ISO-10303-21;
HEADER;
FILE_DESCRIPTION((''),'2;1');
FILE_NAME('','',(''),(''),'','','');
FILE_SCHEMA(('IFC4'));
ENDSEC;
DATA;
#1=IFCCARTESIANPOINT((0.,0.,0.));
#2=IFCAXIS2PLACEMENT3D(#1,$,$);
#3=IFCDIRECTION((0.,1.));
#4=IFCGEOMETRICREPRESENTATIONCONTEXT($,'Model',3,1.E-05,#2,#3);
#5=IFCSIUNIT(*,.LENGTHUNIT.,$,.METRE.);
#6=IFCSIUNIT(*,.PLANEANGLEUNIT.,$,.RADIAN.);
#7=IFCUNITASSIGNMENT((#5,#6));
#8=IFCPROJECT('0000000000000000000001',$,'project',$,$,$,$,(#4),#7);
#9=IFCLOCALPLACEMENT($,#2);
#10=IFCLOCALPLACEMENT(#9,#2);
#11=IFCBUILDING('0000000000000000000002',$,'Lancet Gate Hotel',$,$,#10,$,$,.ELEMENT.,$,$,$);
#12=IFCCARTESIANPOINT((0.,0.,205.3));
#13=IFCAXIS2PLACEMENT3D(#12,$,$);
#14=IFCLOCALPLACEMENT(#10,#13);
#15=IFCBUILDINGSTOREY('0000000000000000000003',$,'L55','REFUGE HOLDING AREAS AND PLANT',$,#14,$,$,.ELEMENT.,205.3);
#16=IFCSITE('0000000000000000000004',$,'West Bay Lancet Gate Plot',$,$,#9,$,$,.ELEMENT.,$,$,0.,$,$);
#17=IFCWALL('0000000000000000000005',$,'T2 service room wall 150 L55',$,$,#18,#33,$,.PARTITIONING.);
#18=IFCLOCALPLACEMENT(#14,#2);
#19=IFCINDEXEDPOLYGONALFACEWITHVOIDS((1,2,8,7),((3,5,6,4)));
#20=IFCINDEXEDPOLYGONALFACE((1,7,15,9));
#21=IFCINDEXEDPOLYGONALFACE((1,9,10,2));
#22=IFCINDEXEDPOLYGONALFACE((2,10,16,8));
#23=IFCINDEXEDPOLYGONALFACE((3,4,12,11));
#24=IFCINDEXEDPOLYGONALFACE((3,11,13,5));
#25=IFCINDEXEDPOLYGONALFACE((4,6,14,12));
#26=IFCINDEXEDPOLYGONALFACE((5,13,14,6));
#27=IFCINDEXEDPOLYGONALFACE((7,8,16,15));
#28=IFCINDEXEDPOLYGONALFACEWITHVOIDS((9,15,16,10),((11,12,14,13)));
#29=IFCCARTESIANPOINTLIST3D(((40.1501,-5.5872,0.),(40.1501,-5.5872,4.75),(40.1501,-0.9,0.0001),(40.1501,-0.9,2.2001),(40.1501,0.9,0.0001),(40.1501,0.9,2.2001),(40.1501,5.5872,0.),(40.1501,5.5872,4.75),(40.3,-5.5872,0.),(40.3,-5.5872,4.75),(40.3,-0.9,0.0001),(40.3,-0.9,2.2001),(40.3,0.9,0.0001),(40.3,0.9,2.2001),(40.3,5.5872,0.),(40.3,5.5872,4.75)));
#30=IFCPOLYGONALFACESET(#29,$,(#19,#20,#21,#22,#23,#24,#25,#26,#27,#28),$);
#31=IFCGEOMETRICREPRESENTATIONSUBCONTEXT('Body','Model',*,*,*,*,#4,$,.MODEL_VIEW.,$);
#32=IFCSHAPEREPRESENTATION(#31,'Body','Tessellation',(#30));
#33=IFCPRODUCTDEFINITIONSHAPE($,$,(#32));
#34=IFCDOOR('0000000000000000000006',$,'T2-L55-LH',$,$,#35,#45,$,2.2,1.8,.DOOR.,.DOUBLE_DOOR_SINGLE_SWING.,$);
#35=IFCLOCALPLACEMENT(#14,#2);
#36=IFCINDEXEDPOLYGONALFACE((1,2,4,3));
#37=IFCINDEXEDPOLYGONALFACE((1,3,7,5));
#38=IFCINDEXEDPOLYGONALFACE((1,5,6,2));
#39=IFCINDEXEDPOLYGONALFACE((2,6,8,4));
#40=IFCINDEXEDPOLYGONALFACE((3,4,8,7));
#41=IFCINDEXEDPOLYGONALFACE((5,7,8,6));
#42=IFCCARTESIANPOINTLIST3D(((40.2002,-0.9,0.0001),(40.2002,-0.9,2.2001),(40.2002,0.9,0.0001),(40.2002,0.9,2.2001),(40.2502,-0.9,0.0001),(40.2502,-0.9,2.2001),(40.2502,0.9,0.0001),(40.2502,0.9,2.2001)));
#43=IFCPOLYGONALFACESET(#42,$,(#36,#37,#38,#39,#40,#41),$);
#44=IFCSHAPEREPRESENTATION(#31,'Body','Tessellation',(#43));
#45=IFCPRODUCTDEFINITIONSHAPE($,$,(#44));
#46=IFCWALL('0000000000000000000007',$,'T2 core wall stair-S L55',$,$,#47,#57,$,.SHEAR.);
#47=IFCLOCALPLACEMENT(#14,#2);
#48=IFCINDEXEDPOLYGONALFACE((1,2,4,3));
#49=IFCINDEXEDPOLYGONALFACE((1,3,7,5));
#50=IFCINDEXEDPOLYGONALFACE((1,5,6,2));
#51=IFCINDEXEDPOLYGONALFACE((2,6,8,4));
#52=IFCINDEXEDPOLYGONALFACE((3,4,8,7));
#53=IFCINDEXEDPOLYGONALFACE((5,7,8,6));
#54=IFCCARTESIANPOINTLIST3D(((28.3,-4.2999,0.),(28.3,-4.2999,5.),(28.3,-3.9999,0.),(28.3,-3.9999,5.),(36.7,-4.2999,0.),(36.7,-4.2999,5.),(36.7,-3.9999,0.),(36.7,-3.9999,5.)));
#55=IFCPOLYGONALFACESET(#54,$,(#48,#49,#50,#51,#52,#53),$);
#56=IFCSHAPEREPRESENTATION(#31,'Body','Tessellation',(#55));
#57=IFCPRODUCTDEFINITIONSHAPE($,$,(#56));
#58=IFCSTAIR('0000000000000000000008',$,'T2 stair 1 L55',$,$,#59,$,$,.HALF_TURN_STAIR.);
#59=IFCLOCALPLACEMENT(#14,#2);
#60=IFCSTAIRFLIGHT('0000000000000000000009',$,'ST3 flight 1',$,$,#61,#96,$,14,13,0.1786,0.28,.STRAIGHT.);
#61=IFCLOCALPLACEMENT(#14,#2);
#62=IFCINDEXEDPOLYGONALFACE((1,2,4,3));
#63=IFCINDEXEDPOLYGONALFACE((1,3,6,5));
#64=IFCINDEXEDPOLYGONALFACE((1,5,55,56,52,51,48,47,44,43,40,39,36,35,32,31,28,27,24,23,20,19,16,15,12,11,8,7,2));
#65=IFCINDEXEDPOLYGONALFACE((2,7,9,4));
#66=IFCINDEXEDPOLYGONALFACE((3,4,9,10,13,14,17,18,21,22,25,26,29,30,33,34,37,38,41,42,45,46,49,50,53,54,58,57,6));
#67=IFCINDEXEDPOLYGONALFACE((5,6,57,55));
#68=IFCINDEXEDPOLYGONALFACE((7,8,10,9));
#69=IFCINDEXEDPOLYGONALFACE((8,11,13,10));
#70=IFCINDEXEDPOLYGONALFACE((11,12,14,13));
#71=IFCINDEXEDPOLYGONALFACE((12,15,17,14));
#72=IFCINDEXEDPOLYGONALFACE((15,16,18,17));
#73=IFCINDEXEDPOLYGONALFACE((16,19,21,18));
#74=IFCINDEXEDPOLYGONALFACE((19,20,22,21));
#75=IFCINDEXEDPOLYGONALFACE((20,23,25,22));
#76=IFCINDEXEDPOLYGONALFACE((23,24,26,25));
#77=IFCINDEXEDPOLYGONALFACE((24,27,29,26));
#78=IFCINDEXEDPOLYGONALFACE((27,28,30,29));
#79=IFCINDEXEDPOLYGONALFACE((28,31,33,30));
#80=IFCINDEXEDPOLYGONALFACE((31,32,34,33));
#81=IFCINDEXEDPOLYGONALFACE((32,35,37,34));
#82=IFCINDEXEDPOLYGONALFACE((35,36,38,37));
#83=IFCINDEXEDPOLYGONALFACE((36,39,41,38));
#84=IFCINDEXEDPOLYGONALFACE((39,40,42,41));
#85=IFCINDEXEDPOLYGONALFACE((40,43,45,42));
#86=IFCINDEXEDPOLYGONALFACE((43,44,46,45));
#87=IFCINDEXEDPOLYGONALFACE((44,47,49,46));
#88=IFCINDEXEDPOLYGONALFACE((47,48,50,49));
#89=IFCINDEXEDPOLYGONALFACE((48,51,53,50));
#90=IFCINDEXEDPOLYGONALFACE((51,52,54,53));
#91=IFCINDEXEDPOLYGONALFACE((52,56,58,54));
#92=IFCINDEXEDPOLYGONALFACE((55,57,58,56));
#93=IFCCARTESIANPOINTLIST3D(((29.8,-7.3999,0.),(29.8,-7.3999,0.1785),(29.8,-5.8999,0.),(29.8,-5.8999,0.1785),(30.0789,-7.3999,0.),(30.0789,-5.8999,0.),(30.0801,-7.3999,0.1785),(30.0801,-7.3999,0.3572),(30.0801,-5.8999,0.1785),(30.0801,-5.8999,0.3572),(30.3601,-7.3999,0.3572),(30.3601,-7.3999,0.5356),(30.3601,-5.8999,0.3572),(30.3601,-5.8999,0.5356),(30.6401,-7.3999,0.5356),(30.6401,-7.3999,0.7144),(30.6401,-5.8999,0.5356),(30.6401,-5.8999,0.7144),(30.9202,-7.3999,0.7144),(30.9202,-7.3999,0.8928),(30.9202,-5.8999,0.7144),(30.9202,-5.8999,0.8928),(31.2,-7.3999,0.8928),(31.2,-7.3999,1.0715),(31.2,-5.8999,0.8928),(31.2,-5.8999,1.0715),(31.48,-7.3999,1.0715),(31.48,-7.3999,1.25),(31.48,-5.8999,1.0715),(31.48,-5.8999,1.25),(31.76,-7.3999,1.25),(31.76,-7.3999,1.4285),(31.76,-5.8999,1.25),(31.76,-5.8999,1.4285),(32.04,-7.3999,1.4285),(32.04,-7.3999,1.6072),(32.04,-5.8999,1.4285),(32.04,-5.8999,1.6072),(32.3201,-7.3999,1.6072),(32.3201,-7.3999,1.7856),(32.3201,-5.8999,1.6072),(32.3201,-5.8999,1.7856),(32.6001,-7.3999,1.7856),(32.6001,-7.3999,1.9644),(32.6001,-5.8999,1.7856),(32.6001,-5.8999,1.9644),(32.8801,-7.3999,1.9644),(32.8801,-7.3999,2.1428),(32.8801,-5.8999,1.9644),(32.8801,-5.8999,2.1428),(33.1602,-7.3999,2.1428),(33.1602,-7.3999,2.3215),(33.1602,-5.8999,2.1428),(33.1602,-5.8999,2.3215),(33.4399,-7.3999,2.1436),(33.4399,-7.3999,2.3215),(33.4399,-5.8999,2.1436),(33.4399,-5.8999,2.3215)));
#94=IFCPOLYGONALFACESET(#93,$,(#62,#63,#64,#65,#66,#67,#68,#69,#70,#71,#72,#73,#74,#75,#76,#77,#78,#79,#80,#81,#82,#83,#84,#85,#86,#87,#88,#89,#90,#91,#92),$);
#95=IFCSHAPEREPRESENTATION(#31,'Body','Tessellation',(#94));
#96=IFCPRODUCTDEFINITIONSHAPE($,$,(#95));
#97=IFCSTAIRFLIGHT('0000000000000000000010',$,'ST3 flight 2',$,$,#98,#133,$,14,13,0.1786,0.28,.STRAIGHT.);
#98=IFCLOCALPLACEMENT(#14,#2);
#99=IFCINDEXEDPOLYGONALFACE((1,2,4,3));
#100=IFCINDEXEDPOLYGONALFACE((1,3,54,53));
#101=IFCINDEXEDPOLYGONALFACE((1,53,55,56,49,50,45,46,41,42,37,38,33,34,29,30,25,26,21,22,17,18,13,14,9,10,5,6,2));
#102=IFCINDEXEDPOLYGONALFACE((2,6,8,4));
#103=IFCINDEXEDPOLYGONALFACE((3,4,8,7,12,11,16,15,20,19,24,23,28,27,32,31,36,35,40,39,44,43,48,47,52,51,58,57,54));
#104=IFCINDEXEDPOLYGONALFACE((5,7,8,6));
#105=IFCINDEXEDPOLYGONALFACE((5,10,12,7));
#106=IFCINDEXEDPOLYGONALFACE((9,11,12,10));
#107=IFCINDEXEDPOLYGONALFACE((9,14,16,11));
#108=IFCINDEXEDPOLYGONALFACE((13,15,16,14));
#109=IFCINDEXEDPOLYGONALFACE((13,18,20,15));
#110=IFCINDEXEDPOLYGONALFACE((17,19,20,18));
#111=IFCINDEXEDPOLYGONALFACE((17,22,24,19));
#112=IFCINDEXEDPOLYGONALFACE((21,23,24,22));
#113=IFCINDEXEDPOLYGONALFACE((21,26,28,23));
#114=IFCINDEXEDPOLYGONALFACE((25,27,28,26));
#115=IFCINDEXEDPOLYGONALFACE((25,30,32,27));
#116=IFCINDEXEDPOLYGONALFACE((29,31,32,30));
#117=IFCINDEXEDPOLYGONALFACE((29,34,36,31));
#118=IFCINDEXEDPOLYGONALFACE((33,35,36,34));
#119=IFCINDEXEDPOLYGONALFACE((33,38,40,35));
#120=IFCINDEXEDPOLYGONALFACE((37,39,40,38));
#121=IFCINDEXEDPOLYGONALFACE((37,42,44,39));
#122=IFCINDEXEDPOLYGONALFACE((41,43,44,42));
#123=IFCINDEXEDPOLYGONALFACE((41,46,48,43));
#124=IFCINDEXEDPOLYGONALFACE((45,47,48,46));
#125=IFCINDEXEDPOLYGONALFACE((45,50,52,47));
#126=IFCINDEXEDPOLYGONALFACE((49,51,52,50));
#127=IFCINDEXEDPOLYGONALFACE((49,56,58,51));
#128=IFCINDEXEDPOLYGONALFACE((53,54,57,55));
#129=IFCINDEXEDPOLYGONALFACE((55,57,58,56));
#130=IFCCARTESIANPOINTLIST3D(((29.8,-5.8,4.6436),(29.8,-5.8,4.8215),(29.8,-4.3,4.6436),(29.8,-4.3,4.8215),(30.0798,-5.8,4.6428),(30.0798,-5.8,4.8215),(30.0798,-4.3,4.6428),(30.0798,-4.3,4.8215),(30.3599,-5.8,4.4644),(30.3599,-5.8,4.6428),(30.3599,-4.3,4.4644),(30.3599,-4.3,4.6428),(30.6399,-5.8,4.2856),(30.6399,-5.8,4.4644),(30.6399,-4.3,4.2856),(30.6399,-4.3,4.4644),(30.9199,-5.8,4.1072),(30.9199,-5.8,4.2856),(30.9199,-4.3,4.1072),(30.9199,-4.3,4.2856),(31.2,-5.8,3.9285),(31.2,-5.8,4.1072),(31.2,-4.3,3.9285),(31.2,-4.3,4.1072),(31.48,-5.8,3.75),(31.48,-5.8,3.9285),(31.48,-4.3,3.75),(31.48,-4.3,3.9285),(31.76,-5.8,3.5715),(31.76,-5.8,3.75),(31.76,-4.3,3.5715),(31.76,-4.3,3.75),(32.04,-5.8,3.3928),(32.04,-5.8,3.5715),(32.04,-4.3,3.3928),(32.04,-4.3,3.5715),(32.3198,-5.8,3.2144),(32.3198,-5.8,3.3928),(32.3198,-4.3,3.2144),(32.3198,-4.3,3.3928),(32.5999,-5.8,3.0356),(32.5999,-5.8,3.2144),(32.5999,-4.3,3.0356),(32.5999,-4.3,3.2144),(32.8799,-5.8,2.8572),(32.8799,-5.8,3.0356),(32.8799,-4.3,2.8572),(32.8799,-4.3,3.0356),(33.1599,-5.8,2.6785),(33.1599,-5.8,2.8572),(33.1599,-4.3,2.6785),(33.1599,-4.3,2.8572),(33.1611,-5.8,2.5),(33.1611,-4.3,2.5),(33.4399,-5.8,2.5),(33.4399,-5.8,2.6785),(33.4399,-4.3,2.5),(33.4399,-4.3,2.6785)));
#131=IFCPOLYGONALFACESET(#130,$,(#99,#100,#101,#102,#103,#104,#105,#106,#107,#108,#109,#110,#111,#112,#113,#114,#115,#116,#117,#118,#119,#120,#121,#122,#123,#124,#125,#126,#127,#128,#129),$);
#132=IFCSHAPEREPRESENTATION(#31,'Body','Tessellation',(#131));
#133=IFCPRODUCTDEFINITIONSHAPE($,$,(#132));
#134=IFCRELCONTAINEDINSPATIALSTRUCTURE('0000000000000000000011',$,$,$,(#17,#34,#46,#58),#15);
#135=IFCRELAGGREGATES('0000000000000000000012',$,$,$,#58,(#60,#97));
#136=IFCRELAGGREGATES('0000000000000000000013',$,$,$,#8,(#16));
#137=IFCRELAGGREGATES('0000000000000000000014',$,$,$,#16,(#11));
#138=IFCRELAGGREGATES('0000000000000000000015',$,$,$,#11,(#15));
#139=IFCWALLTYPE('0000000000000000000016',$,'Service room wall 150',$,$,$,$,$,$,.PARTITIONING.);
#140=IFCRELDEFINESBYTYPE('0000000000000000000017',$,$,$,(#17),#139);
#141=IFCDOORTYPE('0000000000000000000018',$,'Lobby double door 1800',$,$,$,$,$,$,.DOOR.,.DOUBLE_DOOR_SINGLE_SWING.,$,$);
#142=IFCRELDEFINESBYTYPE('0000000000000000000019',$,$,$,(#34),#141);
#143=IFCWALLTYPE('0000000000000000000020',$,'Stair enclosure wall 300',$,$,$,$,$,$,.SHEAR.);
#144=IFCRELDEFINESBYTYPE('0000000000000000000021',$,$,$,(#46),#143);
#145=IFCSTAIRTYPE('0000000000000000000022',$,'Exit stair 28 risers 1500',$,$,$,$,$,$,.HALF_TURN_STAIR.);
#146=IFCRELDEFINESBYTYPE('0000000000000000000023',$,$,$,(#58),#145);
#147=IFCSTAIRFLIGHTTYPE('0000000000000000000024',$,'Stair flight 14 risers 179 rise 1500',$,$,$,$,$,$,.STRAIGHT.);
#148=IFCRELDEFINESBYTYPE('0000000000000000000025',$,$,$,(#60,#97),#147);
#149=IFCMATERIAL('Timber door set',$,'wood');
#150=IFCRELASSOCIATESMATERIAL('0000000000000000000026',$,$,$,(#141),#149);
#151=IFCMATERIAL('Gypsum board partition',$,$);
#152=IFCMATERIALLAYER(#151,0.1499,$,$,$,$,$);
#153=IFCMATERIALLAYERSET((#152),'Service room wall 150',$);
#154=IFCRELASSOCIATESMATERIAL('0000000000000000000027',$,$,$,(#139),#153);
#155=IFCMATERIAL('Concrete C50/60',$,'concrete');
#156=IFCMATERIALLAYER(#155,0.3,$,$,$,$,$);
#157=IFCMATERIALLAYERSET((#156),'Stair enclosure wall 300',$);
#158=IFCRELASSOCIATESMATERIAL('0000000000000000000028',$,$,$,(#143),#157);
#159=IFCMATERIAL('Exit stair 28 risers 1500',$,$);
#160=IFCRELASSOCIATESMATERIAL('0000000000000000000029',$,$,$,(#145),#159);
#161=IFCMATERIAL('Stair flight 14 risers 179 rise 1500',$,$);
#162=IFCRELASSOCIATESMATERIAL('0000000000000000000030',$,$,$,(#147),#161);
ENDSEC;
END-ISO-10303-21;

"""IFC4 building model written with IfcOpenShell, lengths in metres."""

from ifc_helpers import new_model, si_unit, direction, frame, frame_2d, origin, place, context, subcontext, project, spatial, polyline, rectangle, outline, extrude, material, layer, layer_set, type_object, element, fill, aggregate, save


model = new_model("IFC4")

# Units and contexts
model_context = context("Model", 3, precision=1e-05, world=origin(), true_north=direction((0.0, 1.0)))
body_context = subcontext(model_context, "Body", "Model", "MODEL_VIEW")
ifc_project = project(units=[si_unit("LENGTHUNIT", "METRE"), si_unit("PLANEANGLEUNIT", "RADIAN")], contexts=[model_context])

# Site, building, storey
site_placement = place(None, origin())
site = spatial("IfcSite", under=ifc_project, at=site_placement, Name="West Bay Lancet Gate Plot", CompositionType="ELEMENT", RefElevation=0.0)
building_placement = place(site_placement, origin())
building = spatial("IfcBuilding", under=site, at=building_placement, Name="Lancet Gate Hotel", CompositionType="ELEMENT")
storey_placement = place(building_placement, frame((0.0, 0.0, 205.3)))
storey = spatial("IfcBuildingStorey", under=building, at=storey_placement, Name="L55", Description="REFUGE HOLDING AREAS AND PLANT", CompositionType="ELEMENT", Elevation=205.3)

# Shared definitions
ifc_material_1 = material(Name="Timber door set", Category="wood")
door_type_1 = type_object("IfcDoorType", Name="Lobby double door 1800", OperationType="DOUBLE_DOOR_SINGLE_SWING", PredefinedType="DOOR", material=ifc_material_1)

# Wall, opening, door
ifc_material_2 = material(Name="Gypsum board partition")
ifc_layer_1 = layer(ifc_material_2, 0.1499)
ifc_layer_set_1 = layer_set([ifc_layer_1], Name="Service room wall 150")
wall_type_1 = type_object("IfcWallType", Name="Service room wall 150", PredefinedType="PARTITIONING", material=ifc_layer_set_1)
wall_1_placement = place(storey_placement, frame((40.2251, -5.5872, 0.0), z_axis=(0.0, 0.0, 1.0), x_axis=(0.0, 1.0, 0.0)))
wall_1 = element("IfcWall", 1, at=wall_1_placement, inside=storey, type_object=wall_type_1, Name="T2 service room wall 150 L55", PredefinedType="PARTITIONING", context=body_context, shape_type="SweptSolid", body=[
    extrude(rectangle(XDim=11.1743, YDim=0.1499, at=frame_2d((5.5872, 0.0))), origin(), (0.0, 0.0, 1.0), 4.75),
])
opening_1_placement = place(wall_1_placement, frame((4.6873, 0.0, 0.0)))
opening_1 = element("IfcOpeningElement", 2, at=opening_1_placement, cuts=wall_1, PredefinedType="OPENING", context=body_context, shape_type="SweptSolid", body=[
    extrude(rectangle(XDim=1.8, YDim=2.2, at=frame_2d((0.8999, 1.1001))), frame((0.0, 0.085, 0.0), z_axis=(0.0, -1.0, 0.0), x_axis=(1.0, 0.0, 0.0)), (0.0, 0.0, 1.0), 0.1699),
])
door_1_placement = place(opening_1_placement, origin())
door_1 = element("IfcDoor", 3, at=door_1_placement, inside=storey, type_object=door_type_1, Name="T2-L55-LH", OperationType="DOUBLE_DOOR_SINGLE_SWING", OverallHeight=2.2, OverallWidth=1.8, PredefinedType="DOOR", context=body_context, shape_type="SweptSolid", body=[
    extrude(rectangle(XDim=1.8, YDim=2.2, at=frame_2d((0.8999, 1.1001))), frame((0.0, 0.0249, 0.0), z_axis=(0.0, -1.0, 0.0), x_axis=(1.0, 0.0, 0.0)), (0.0, 0.0, 1.0), 0.05),
])
fill(opening_1, door_1)

# Wall
ifc_material_3 = material(Name="Concrete C50/60", Category="concrete")
ifc_layer_2 = layer(ifc_material_3, 0.3)
ifc_layer_set_2 = layer_set([ifc_layer_2], Name="Stair enclosure wall 300")
wall_type_2 = type_object("IfcWallType", Name="Stair enclosure wall 300", PredefinedType="SHEAR", material=ifc_layer_set_2)
wall_2_placement = place(storey_placement, frame((28.3, -4.1499, 0.0), z_axis=(0.0, 0.0, 1.0), x_axis=(1.0, 0.0, 0.0)))
element("IfcWall", 4, at=wall_2_placement, inside=storey, type_object=wall_type_2, Name="T2 core wall stair-S L55", PredefinedType="SHEAR", context=body_context, shape_type="SweptSolid", body=[
    extrude(rectangle(XDim=8.3999, YDim=0.3, at=frame_2d((4.2, 0.0))), origin(), (0.0, 0.0, 1.0), 5.0),
])

# Stair, stair flights
ifc_material_4 = material(Name="Exit stair 28 risers 1500")
stair_type = type_object("IfcStairType", Name="Exit stair 28 risers 1500", PredefinedType="HALF_TURN_STAIR", material=ifc_material_4)
stair_placement = place(storey_placement, origin())
stair = element("IfcStair", 5, at=stair_placement, inside=storey, type_object=stair_type, Name="T2 stair 1 L55", PredefinedType="HALF_TURN_STAIR")
ifc_material_5 = material(Name="Stair flight 14 risers 179 rise 1500")
stair_flight_type = type_object("IfcStairFlightType", Name="Stair flight 14 risers 179 rise 1500", PredefinedType="STRAIGHT", material=ifc_material_5)
stair_flight_1_placement = place(storey_placement, frame((29.8, -6.6499, 0.0), z_axis=(0.0, 0.0, 1.0), x_axis=(1.0, 0.0, 0.0)))
stair_flight_1 = element("IfcStairFlight", 6, at=stair_flight_1_placement, type_object=stair_flight_type, Name="ST3 flight 1", NumberOfRisers=14, NumberOfTreads=13, PredefinedType="STRAIGHT", RiserHeight=0.1786, TreadLength=0.28, context=body_context, shape_type="SweptSolid", body=[
    extrude(outline(polyline([(0.0, 0.0), (0.0, 0.1785), (0.28, 0.1785), (0.28, 0.3572), (0.5601, 0.3572), (0.5601, 0.5356), (0.8401, 0.5356), (0.8401, 0.7144), (1.1201, 0.7144), (1.1201, 0.8928), (1.3999, 0.8928), (1.3999, 1.0715), (1.6799, 1.0715), (1.6799, 1.25), (1.96, 1.25), (1.96, 1.4285), (2.24, 1.4285), (2.24, 1.6072), (2.52, 1.6072), (2.52, 1.7856), (2.8, 1.7856), (2.8, 1.9644), (3.0801, 1.9644), (3.0801, 2.1428), (3.3601, 2.1428), (3.3601, 2.3215), (3.6399, 2.3215), (3.6399, 2.5), (3.6399, 2.1436), (0.2788, 0.0), (0.0, 0.0)])), frame((0.0, 0.75, 0.0), z_axis=(0.0, -1.0, 0.0), x_axis=(1.0, 0.0, 0.0)), (0.0, 0.0, 1.0), 1.5),
])
stair_flight_2_placement = place(storey_placement, frame((33.4399, -5.05, 2.5), z_axis=(0.0, 0.0, 1.0), x_axis=(-1.0, 0.0, 0.0)))
stair_flight_2 = element("IfcStairFlight", 7, at=stair_flight_2_placement, type_object=stair_flight_type, Name="ST3 flight 2", NumberOfRisers=14, NumberOfTreads=13, PredefinedType="STRAIGHT", RiserHeight=0.1786, TreadLength=0.28, context=body_context, shape_type="SweptSolid", body=[
    extrude(outline(polyline([(0.0, 0.0), (0.0, 0.1785), (0.28, 0.1785), (0.28, 0.3572), (0.5601, 0.3572), (0.5601, 0.5356), (0.8401, 0.5356), (0.8401, 0.7144), (1.1201, 0.7144), (1.1201, 0.8928), (1.3999, 0.8928), (1.3999, 1.0715), (1.6799, 1.0715), (1.6799, 1.25), (1.96, 1.25), (1.96, 1.4285), (2.24, 1.4285), (2.24, 1.6072), (2.52, 1.6072), (2.52, 1.7856), (2.8, 1.7856), (2.8, 1.9644), (3.0801, 1.9644), (3.0801, 2.1428), (3.3601, 2.1428), (3.3601, 2.3215), (3.6399, 2.3215), (3.6399, 2.5), (3.6399, 2.1436), (0.2788, 0.0), (0.0, 0.0)])), frame((0.0, 0.75, 0.0), z_axis=(0.0, -1.0, 0.0), x_axis=(1.0, 0.0, 0.0)), (0.0, 0.0, 1.0), 1.5),
])
aggregate(stair, [stair_flight_1, stair_flight_2])

save(model, "model.ifc")
